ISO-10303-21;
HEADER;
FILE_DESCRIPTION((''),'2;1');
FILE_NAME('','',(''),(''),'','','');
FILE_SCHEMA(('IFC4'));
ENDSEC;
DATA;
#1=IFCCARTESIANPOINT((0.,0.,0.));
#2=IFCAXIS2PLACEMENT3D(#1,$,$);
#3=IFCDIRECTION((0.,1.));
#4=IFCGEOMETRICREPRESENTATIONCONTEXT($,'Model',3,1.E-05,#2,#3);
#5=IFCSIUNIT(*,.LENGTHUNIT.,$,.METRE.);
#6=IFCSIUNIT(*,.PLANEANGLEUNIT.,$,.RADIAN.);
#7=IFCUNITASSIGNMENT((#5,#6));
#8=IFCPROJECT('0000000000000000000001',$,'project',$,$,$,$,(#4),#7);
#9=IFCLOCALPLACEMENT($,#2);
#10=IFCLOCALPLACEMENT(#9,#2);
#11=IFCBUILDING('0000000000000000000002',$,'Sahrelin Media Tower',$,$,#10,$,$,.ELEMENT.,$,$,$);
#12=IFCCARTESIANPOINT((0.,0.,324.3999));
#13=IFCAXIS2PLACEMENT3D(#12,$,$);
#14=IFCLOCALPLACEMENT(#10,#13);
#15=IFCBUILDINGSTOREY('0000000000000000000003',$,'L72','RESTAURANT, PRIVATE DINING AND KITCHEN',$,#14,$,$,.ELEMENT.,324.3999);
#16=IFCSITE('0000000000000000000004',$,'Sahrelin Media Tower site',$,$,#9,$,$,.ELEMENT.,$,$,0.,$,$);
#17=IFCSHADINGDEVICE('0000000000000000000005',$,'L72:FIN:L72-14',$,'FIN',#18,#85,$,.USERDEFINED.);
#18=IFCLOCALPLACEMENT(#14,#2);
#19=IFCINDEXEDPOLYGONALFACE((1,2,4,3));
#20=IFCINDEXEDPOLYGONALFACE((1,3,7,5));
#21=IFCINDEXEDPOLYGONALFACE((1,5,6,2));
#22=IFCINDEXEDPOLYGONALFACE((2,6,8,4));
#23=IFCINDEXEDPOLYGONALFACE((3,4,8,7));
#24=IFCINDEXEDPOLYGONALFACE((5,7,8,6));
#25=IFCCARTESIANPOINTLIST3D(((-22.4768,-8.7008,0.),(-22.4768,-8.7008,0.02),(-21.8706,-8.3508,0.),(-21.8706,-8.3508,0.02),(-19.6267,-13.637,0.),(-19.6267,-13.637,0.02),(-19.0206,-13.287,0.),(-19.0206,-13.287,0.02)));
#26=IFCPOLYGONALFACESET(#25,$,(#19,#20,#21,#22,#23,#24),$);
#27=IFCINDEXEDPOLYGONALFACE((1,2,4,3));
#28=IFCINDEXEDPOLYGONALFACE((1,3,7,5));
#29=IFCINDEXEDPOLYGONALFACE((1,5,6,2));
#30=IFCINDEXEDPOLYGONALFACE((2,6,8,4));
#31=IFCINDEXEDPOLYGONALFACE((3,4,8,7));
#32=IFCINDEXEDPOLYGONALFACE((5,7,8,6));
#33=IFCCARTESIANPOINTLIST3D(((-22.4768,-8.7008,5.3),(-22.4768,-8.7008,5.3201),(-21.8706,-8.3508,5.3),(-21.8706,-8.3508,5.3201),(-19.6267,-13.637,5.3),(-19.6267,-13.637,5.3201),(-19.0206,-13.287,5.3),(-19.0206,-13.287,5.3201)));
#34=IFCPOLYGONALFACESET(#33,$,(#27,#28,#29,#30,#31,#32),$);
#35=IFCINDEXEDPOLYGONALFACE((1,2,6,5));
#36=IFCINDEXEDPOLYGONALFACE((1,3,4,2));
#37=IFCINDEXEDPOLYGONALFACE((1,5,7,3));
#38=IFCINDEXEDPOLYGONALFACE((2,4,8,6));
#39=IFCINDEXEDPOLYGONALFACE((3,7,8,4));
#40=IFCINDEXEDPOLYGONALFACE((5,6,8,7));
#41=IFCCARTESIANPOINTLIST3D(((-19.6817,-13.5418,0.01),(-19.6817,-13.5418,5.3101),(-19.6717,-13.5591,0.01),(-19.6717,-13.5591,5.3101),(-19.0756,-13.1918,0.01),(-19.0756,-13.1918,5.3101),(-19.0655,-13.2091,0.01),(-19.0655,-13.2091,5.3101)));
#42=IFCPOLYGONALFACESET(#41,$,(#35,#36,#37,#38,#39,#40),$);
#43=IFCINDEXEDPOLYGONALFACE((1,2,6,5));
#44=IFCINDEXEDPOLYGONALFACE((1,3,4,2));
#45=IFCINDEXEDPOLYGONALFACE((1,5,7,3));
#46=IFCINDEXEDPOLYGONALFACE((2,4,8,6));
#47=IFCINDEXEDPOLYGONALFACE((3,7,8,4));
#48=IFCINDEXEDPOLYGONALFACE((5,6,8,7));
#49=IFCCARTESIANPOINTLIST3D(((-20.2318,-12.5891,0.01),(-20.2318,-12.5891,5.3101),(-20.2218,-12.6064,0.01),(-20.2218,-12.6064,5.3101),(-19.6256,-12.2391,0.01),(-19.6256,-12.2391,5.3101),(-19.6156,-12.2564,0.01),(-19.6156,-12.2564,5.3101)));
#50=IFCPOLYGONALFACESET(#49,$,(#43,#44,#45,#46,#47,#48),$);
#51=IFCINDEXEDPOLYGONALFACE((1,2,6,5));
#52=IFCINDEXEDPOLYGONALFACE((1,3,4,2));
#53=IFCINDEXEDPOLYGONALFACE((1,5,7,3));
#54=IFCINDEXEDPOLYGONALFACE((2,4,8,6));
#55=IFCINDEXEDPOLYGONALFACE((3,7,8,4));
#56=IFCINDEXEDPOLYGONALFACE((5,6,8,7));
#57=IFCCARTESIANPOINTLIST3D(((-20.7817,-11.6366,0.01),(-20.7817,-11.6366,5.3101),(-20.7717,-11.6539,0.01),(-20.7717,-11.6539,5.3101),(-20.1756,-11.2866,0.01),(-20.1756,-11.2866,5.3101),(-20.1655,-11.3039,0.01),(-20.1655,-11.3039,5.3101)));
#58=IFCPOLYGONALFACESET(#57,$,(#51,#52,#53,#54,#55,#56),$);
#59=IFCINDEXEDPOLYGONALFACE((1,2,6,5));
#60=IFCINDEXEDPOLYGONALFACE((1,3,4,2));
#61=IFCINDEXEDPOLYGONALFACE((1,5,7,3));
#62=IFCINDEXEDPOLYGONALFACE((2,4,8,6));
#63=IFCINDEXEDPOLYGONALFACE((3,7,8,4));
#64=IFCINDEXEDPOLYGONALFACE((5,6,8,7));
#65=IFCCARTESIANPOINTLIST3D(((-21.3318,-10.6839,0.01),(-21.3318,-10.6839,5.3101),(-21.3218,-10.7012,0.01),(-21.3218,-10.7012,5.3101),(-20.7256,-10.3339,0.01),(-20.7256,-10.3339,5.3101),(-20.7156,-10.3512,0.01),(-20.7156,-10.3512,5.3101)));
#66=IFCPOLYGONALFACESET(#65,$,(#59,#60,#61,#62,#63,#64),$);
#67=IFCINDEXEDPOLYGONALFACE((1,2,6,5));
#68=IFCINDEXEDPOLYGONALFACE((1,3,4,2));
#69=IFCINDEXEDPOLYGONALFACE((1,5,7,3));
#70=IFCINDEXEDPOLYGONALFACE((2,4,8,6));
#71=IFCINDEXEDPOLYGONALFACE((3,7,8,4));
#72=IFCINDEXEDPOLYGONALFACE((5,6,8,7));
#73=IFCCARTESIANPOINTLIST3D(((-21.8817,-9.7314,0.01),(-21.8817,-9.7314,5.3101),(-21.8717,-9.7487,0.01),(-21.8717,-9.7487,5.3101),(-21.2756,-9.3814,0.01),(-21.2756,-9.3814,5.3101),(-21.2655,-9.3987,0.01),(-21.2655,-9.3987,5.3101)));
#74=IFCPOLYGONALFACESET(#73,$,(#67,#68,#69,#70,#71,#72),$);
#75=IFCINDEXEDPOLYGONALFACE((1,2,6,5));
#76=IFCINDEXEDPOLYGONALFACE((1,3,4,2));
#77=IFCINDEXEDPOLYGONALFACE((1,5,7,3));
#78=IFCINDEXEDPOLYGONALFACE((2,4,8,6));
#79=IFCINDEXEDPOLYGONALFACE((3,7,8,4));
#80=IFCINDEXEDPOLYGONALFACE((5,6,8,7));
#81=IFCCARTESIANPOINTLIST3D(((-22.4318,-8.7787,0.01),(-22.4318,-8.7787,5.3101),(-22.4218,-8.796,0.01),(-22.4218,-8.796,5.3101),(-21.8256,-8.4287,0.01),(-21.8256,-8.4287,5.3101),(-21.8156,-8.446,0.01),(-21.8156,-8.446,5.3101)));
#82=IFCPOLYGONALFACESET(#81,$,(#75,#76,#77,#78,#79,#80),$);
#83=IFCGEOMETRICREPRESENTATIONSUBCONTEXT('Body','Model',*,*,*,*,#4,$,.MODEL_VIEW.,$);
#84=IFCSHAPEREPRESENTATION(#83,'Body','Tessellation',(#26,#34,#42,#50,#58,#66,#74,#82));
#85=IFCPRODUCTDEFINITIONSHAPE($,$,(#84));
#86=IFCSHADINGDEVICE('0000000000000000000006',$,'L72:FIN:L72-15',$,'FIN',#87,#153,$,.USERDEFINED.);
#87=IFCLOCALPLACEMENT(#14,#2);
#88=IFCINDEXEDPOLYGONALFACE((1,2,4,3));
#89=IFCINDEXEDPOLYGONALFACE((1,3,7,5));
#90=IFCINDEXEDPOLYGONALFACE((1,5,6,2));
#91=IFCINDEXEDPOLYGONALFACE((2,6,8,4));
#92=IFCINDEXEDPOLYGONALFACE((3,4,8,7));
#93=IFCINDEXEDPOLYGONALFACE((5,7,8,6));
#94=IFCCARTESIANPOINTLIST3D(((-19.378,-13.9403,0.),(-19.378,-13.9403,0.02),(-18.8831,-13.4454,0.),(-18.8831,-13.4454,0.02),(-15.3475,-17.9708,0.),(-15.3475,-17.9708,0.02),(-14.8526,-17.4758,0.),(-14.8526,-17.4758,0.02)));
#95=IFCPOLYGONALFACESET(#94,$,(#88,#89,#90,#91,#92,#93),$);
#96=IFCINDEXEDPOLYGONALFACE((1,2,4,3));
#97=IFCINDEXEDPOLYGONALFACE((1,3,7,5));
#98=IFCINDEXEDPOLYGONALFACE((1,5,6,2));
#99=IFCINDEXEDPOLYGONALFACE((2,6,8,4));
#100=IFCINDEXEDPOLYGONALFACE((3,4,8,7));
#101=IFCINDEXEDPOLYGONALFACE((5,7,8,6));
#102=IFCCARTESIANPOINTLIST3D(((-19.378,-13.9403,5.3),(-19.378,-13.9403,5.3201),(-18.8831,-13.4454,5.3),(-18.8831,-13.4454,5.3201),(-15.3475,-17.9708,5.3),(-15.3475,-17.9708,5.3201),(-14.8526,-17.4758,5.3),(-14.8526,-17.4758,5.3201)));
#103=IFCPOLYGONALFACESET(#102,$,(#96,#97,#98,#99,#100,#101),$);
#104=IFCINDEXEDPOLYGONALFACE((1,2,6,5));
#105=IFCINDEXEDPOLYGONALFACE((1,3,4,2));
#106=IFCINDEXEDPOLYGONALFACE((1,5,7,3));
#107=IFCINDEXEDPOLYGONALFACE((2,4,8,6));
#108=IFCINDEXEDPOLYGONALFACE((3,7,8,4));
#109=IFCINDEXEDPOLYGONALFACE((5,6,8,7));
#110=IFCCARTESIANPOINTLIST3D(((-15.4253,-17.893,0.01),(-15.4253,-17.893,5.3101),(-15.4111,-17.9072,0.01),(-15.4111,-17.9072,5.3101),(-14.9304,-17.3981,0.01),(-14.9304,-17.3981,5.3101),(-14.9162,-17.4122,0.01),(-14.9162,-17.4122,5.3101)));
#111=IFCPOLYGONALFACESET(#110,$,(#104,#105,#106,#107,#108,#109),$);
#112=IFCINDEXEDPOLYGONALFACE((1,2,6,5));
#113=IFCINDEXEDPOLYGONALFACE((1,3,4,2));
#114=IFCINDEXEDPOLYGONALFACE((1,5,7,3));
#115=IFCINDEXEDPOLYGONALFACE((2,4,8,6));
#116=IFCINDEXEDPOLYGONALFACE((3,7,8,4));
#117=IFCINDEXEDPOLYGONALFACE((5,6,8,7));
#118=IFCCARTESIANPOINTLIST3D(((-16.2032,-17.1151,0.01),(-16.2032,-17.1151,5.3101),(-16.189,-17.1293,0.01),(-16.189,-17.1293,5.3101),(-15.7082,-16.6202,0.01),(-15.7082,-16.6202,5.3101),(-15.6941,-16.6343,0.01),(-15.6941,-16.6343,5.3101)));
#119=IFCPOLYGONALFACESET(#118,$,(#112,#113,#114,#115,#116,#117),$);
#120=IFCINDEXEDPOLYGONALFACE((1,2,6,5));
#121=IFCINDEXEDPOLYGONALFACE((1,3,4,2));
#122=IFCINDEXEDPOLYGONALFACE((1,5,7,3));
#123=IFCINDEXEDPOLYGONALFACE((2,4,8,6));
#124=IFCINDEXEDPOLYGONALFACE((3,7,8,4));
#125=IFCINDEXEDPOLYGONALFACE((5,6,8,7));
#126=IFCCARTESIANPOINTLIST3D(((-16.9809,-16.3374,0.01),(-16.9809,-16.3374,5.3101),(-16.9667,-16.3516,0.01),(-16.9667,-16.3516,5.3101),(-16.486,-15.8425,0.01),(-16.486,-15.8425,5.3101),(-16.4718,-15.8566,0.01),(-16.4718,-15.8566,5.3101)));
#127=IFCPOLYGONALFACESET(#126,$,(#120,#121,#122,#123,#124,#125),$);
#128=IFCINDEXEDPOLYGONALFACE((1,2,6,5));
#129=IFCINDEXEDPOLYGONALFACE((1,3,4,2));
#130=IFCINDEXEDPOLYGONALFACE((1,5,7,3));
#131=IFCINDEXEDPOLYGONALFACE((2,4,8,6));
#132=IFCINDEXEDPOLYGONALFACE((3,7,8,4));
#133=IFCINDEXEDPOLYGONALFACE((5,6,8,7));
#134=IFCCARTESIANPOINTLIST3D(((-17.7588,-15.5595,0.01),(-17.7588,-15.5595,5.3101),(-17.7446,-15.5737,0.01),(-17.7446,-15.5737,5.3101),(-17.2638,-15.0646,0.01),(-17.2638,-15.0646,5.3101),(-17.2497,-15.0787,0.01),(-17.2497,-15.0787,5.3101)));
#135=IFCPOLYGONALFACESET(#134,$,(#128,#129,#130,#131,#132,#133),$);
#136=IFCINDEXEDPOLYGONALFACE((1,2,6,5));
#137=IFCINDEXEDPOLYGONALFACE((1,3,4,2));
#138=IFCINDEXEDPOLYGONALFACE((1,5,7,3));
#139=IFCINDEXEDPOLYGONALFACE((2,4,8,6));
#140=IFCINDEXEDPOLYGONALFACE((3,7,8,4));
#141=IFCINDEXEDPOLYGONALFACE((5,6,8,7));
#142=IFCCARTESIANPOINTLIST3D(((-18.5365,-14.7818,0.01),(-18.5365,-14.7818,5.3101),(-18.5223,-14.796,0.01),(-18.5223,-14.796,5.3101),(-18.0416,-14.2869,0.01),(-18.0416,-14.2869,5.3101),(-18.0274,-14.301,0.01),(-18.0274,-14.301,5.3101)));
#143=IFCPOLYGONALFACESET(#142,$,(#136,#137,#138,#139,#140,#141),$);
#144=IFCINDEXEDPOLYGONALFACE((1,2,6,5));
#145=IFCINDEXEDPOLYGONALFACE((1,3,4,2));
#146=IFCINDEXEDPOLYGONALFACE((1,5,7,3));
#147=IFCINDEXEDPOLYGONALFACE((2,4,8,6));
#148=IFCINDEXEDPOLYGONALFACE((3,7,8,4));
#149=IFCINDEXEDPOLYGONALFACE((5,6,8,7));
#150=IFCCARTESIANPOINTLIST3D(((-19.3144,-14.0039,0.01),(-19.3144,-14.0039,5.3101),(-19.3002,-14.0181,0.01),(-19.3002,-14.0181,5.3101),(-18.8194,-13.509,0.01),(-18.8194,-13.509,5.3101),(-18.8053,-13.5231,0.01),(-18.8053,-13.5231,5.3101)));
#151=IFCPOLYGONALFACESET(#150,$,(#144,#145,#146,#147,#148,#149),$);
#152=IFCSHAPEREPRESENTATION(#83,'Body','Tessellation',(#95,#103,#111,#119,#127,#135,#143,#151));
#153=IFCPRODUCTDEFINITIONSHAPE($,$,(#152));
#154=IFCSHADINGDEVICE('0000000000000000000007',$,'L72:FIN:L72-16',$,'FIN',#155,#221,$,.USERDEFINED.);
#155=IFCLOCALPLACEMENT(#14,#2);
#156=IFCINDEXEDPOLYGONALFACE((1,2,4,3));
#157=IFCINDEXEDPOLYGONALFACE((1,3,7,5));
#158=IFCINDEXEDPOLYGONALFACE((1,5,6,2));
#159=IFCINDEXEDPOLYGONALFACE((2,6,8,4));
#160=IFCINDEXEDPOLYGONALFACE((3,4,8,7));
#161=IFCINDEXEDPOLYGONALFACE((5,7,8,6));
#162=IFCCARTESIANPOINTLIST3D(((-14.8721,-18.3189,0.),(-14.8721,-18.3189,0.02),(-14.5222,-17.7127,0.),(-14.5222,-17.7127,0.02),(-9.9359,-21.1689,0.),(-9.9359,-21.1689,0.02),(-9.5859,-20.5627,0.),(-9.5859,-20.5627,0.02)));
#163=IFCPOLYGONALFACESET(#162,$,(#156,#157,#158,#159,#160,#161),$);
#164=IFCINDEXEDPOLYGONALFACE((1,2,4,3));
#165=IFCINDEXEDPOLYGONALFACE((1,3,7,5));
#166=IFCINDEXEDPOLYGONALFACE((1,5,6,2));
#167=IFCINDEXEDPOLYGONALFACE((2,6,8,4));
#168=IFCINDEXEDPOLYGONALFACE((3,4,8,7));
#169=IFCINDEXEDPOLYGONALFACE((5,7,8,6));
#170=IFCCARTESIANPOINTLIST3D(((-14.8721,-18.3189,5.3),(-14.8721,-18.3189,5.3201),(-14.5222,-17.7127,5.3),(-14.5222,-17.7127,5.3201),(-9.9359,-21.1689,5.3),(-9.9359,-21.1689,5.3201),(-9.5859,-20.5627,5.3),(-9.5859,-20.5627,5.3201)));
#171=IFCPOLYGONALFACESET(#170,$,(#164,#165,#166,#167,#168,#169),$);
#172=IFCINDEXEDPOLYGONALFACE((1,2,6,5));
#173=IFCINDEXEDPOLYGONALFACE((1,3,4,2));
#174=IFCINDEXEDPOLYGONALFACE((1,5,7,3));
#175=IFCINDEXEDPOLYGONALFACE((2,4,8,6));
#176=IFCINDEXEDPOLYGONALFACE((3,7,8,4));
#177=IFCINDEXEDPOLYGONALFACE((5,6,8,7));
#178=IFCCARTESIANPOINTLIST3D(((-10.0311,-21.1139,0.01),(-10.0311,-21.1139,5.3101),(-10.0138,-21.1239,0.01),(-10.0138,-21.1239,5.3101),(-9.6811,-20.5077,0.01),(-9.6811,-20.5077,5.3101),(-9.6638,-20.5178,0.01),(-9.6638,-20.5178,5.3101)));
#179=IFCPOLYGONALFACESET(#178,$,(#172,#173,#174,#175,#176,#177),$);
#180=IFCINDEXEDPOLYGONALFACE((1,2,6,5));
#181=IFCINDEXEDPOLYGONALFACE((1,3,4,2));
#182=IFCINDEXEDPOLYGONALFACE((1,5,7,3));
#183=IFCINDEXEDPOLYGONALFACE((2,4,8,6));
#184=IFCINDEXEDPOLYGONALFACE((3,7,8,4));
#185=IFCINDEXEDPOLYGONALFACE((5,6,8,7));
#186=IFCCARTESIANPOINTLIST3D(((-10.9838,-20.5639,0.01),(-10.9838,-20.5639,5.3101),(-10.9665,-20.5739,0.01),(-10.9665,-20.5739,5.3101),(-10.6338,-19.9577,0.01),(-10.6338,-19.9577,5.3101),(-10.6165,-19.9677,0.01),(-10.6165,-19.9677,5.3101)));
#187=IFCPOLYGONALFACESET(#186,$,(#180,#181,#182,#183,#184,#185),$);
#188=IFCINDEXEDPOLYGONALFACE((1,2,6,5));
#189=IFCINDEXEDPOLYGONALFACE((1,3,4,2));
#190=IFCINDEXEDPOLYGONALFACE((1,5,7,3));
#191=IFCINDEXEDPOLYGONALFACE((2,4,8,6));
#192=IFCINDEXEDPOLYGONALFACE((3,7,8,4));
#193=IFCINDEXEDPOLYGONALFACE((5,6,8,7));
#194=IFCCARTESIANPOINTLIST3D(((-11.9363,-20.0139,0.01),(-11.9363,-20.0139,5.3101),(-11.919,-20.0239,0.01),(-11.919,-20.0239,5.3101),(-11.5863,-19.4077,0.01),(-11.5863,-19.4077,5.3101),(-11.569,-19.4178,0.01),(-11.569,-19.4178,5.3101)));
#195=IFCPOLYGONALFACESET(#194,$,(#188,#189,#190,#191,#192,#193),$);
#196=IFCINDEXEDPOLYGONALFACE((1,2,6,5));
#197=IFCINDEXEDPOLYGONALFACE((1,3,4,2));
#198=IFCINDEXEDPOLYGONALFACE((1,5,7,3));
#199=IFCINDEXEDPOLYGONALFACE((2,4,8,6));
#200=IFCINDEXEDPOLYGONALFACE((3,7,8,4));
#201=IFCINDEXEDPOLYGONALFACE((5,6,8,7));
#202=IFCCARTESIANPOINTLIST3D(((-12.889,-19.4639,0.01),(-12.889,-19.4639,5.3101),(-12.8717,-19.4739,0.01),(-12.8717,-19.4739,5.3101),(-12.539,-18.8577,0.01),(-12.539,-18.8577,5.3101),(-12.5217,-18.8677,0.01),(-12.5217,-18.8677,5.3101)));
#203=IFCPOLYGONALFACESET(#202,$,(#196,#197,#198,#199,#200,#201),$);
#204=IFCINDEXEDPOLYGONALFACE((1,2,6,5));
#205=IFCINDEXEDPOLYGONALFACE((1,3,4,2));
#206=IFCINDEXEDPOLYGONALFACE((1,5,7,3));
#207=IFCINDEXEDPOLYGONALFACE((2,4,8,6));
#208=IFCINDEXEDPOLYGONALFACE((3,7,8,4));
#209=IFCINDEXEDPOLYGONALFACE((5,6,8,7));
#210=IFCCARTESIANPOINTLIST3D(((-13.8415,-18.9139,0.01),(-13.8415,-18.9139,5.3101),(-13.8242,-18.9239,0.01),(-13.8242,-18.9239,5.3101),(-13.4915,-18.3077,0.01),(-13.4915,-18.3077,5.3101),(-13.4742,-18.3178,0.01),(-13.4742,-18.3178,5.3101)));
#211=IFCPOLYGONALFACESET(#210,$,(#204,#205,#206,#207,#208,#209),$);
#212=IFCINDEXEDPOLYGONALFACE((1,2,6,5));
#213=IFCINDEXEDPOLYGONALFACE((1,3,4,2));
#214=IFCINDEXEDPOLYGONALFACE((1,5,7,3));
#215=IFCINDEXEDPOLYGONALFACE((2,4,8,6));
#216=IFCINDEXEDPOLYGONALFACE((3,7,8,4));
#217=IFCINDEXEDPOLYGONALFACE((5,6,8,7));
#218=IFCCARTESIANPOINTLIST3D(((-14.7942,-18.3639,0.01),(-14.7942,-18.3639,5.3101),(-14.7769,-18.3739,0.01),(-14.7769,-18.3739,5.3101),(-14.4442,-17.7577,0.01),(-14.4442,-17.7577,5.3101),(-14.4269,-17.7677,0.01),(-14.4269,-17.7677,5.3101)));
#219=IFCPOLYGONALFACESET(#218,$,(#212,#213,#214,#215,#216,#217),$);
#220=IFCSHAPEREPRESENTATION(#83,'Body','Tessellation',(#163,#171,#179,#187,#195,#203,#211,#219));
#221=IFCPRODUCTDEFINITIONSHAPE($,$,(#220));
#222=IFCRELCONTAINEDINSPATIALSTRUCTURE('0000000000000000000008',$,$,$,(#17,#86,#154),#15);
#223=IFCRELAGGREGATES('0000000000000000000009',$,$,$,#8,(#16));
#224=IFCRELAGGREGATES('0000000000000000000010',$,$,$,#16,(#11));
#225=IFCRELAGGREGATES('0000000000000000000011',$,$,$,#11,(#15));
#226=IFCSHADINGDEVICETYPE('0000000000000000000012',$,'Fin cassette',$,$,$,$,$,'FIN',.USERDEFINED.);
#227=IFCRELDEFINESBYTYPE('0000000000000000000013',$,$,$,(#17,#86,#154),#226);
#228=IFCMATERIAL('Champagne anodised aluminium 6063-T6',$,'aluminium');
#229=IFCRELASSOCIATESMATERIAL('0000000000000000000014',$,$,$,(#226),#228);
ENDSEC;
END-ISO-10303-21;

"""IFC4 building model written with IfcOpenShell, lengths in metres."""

from ifc_helpers import new_model, si_unit, direction, frame, origin, origin_2d, place, context, subcontext, project, spatial, rectangle, extrude, material, type_object, element, save


model = new_model("IFC4")

# Units and contexts
model_context = context("Model", 3, precision=1e-05, world=origin(), true_north=direction((0.0, 1.0)))
body_context = subcontext(model_context, "Body", "Model", "MODEL_VIEW")
ifc_project = project(units=[si_unit("LENGTHUNIT", "METRE"), si_unit("PLANEANGLEUNIT", "RADIAN")], contexts=[model_context])

# Site, building, storey
site_placement = place(None, origin())
site = spatial("IfcSite", under=ifc_project, at=site_placement, Name="Sahrelin Media Tower site", CompositionType="ELEMENT", RefElevation=0.0)
building_placement = place(site_placement, origin())
building = spatial("IfcBuilding", under=site, at=building_placement, Name="Sahrelin Media Tower", CompositionType="ELEMENT")
storey_placement = place(building_placement, frame((0.0, 0.0, 324.3999)))
storey = spatial("IfcBuildingStorey", under=building, at=storey_placement, Name="L72", Description="RESTAURANT, PRIVATE DINING AND KITCHEN", CompositionType="ELEMENT", Elevation=324.3999)

# Shared definitions
ifc_material_1 = material(Name="Champagne anodised aluminium 6063-T6", Category="aluminium")

# Shading devices
shading_device_type_1 = type_object("IfcShadingDeviceType", Name="Fin cassette", ElementType="FIN", PredefinedType="USERDEFINED", material=ifc_material_1)
placement_1 = place(storey_placement, frame((-20.385, -10.7839, 0.0), z_axis=(0.0, 0.0, 1.0), x_axis=(-0.500011, 0.866019, 0.0)))
element("IfcShadingDevice", 1, at=placement_1, inside=storey, type_object=shading_device_type_1, Name="L72:FIN:L72-14", ObjectType="FIN", PredefinedType="USERDEFINED", context=body_context, shape_type="SweptSolid", body=[
    extrude(rectangle(XDim=5.7, YDim=0.7, at=origin_2d()), frame((0.0, 0.4199, 0.0)), (0.0, 0.0, 1.0), 0.02),
    extrude(rectangle(XDim=5.7, YDim=0.7, at=origin_2d()), frame((0.0, 0.4199, 5.3)), (0.0, 0.0, 1.0), 0.02),
    extrude(rectangle(XDim=0.02, YDim=0.7, at=origin_2d()), frame((-2.75, 0.4199, 0.01), z_axis=(0.0, 0.0, 1.0), x_axis=(1.0, 0.0, 0.0)), (0.0, 0.0, 1.0), 5.3),
    extrude(rectangle(XDim=0.02, YDim=0.7, at=origin_2d()), frame((-1.6499, 0.4199, 0.01), z_axis=(0.0, 0.0, 1.0), x_axis=(1.0, 0.0, 0.0)), (0.0, 0.0, 1.0), 5.3),
    extrude(rectangle(XDim=0.02, YDim=0.7, at=origin_2d()), frame((-0.55, 0.4199, 0.01), z_axis=(0.0, 0.0, 1.0), x_axis=(1.0, 0.0, 0.0)), (0.0, 0.0, 1.0), 5.3),
    extrude(rectangle(XDim=0.02, YDim=0.7, at=origin_2d()), frame((0.55, 0.4199, 0.01), z_axis=(0.0, 0.0, 1.0), x_axis=(1.0, 0.0, 0.0)), (0.0, 0.0, 1.0), 5.3),
    extrude(rectangle(XDim=0.02, YDim=0.7, at=origin_2d()), frame((1.6499, 0.4199, 0.01), z_axis=(0.0, 0.0, 1.0), x_axis=(1.0, 0.0, 0.0)), (0.0, 0.0, 1.0), 5.3),
    extrude(rectangle(XDim=0.02, YDim=0.7, at=origin_2d()), frame((2.75, 0.4199, 0.01), z_axis=(0.0, 0.0, 1.0), x_axis=(1.0, 0.0, 0.0)), (0.0, 0.0, 1.0), 5.3),
])
placement_2 = place(storey_placement, frame((-16.8184, -15.4111, 0.0), z_axis=(0.0, 0.0, 1.0), x_axis=(-0.707107, 0.707107, 0.0)))
element("IfcShadingDevice", 2, at=placement_2, inside=storey, type_object=shading_device_type_1, Name="L72:FIN:L72-15", ObjectType="FIN", PredefinedType="USERDEFINED", context=body_context, shape_type="SweptSolid", body=[
    extrude(rectangle(XDim=5.7, YDim=0.7, at=origin_2d()), frame((0.0, 0.4199, 0.0)), (0.0, 0.0, 1.0), 0.02),
    extrude(rectangle(XDim=5.7, YDim=0.7, at=origin_2d()), frame((0.0, 0.4199, 5.3)), (0.0, 0.0, 1.0), 0.02),
    extrude(rectangle(XDim=0.02, YDim=0.7, at=origin_2d()), frame((-2.75, 0.4199, 0.01), z_axis=(0.0, 0.0, 1.0), x_axis=(1.0, 0.0, 0.0)), (0.0, 0.0, 1.0), 5.3),
    extrude(rectangle(XDim=0.02, YDim=0.7, at=origin_2d()), frame((-1.6499, 0.4199, 0.01), z_axis=(0.0, 0.0, 1.0), x_axis=(1.0, 0.0, 0.0)), (0.0, 0.0, 1.0), 5.3),
    extrude(rectangle(XDim=0.02, YDim=0.7, at=origin_2d()), frame((-0.55, 0.4199, 0.01), z_axis=(0.0, 0.0, 1.0), x_axis=(1.0, 0.0, 0.0)), (0.0, 0.0, 1.0), 5.3),
    extrude(rectangle(XDim=0.02, YDim=0.7, at=origin_2d()), frame((0.55, 0.4199, 0.01), z_axis=(0.0, 0.0, 1.0), x_axis=(1.0, 0.0, 0.0)), (0.0, 0.0, 1.0), 5.3),
    extrude(rectangle(XDim=0.02, YDim=0.7, at=origin_2d()), frame((1.6499, 0.4199, 0.01), z_axis=(0.0, 0.0, 1.0), x_axis=(1.0, 0.0, 0.0)), (0.0, 0.0, 1.0), 5.3),
    extrude(rectangle(XDim=0.02, YDim=0.7, at=origin_2d()), frame((2.75, 0.4199, 0.01), z_axis=(0.0, 0.0, 1.0), x_axis=(1.0, 0.0, 0.0)), (0.0, 0.0, 1.0), 5.3),
])
placement_3 = place(storey_placement, frame((-12.019, -19.0771, 0.0), z_axis=(0.0, 0.0, 1.0), x_axis=(-0.866019, 0.500011, 0.0)))
element("IfcShadingDevice", 3, at=placement_3, inside=storey, type_object=shading_device_type_1, Name="L72:FIN:L72-16", ObjectType="FIN", PredefinedType="USERDEFINED", context=body_context, shape_type="SweptSolid", body=[
    extrude(rectangle(XDim=5.7, YDim=0.7, at=origin_2d()), frame((0.0, 0.4199, 0.0)), (0.0, 0.0, 1.0), 0.02),
    extrude(rectangle(XDim=5.7, YDim=0.7, at=origin_2d()), frame((0.0, 0.4199, 5.3)), (0.0, 0.0, 1.0), 0.02),
    extrude(rectangle(XDim=0.02, YDim=0.7, at=origin_2d()), frame((-2.75, 0.4199, 0.01), z_axis=(0.0, 0.0, 1.0), x_axis=(1.0, 0.0, 0.0)), (0.0, 0.0, 1.0), 5.3),
    extrude(rectangle(XDim=0.02, YDim=0.7, at=origin_2d()), frame((-1.6499, 0.4199, 0.01), z_axis=(0.0, 0.0, 1.0), x_axis=(1.0, 0.0, 0.0)), (0.0, 0.0, 1.0), 5.3),
    extrude(rectangle(XDim=0.02, YDim=0.7, at=origin_2d()), frame((-0.55, 0.4199, 0.01), z_axis=(0.0, 0.0, 1.0), x_axis=(1.0, 0.0, 0.0)), (0.0, 0.0, 1.0), 5.3),
    extrude(rectangle(XDim=0.02, YDim=0.7, at=origin_2d()), frame((0.55, 0.4199, 0.01), z_axis=(0.0, 0.0, 1.0), x_axis=(1.0, 0.0, 0.0)), (0.0, 0.0, 1.0), 5.3),
    extrude(rectangle(XDim=0.02, YDim=0.7, at=origin_2d()), frame((1.6499, 0.4199, 0.01), z_axis=(0.0, 0.0, 1.0), x_axis=(1.0, 0.0, 0.0)), (0.0, 0.0, 1.0), 5.3),
    extrude(rectangle(XDim=0.02, YDim=0.7, at=origin_2d()), frame((2.75, 0.4199, 0.01), z_axis=(0.0, 0.0, 1.0), x_axis=(1.0, 0.0, 0.0)), (0.0, 0.0, 1.0), 5.3),
])

save(model, "model.ifc")
